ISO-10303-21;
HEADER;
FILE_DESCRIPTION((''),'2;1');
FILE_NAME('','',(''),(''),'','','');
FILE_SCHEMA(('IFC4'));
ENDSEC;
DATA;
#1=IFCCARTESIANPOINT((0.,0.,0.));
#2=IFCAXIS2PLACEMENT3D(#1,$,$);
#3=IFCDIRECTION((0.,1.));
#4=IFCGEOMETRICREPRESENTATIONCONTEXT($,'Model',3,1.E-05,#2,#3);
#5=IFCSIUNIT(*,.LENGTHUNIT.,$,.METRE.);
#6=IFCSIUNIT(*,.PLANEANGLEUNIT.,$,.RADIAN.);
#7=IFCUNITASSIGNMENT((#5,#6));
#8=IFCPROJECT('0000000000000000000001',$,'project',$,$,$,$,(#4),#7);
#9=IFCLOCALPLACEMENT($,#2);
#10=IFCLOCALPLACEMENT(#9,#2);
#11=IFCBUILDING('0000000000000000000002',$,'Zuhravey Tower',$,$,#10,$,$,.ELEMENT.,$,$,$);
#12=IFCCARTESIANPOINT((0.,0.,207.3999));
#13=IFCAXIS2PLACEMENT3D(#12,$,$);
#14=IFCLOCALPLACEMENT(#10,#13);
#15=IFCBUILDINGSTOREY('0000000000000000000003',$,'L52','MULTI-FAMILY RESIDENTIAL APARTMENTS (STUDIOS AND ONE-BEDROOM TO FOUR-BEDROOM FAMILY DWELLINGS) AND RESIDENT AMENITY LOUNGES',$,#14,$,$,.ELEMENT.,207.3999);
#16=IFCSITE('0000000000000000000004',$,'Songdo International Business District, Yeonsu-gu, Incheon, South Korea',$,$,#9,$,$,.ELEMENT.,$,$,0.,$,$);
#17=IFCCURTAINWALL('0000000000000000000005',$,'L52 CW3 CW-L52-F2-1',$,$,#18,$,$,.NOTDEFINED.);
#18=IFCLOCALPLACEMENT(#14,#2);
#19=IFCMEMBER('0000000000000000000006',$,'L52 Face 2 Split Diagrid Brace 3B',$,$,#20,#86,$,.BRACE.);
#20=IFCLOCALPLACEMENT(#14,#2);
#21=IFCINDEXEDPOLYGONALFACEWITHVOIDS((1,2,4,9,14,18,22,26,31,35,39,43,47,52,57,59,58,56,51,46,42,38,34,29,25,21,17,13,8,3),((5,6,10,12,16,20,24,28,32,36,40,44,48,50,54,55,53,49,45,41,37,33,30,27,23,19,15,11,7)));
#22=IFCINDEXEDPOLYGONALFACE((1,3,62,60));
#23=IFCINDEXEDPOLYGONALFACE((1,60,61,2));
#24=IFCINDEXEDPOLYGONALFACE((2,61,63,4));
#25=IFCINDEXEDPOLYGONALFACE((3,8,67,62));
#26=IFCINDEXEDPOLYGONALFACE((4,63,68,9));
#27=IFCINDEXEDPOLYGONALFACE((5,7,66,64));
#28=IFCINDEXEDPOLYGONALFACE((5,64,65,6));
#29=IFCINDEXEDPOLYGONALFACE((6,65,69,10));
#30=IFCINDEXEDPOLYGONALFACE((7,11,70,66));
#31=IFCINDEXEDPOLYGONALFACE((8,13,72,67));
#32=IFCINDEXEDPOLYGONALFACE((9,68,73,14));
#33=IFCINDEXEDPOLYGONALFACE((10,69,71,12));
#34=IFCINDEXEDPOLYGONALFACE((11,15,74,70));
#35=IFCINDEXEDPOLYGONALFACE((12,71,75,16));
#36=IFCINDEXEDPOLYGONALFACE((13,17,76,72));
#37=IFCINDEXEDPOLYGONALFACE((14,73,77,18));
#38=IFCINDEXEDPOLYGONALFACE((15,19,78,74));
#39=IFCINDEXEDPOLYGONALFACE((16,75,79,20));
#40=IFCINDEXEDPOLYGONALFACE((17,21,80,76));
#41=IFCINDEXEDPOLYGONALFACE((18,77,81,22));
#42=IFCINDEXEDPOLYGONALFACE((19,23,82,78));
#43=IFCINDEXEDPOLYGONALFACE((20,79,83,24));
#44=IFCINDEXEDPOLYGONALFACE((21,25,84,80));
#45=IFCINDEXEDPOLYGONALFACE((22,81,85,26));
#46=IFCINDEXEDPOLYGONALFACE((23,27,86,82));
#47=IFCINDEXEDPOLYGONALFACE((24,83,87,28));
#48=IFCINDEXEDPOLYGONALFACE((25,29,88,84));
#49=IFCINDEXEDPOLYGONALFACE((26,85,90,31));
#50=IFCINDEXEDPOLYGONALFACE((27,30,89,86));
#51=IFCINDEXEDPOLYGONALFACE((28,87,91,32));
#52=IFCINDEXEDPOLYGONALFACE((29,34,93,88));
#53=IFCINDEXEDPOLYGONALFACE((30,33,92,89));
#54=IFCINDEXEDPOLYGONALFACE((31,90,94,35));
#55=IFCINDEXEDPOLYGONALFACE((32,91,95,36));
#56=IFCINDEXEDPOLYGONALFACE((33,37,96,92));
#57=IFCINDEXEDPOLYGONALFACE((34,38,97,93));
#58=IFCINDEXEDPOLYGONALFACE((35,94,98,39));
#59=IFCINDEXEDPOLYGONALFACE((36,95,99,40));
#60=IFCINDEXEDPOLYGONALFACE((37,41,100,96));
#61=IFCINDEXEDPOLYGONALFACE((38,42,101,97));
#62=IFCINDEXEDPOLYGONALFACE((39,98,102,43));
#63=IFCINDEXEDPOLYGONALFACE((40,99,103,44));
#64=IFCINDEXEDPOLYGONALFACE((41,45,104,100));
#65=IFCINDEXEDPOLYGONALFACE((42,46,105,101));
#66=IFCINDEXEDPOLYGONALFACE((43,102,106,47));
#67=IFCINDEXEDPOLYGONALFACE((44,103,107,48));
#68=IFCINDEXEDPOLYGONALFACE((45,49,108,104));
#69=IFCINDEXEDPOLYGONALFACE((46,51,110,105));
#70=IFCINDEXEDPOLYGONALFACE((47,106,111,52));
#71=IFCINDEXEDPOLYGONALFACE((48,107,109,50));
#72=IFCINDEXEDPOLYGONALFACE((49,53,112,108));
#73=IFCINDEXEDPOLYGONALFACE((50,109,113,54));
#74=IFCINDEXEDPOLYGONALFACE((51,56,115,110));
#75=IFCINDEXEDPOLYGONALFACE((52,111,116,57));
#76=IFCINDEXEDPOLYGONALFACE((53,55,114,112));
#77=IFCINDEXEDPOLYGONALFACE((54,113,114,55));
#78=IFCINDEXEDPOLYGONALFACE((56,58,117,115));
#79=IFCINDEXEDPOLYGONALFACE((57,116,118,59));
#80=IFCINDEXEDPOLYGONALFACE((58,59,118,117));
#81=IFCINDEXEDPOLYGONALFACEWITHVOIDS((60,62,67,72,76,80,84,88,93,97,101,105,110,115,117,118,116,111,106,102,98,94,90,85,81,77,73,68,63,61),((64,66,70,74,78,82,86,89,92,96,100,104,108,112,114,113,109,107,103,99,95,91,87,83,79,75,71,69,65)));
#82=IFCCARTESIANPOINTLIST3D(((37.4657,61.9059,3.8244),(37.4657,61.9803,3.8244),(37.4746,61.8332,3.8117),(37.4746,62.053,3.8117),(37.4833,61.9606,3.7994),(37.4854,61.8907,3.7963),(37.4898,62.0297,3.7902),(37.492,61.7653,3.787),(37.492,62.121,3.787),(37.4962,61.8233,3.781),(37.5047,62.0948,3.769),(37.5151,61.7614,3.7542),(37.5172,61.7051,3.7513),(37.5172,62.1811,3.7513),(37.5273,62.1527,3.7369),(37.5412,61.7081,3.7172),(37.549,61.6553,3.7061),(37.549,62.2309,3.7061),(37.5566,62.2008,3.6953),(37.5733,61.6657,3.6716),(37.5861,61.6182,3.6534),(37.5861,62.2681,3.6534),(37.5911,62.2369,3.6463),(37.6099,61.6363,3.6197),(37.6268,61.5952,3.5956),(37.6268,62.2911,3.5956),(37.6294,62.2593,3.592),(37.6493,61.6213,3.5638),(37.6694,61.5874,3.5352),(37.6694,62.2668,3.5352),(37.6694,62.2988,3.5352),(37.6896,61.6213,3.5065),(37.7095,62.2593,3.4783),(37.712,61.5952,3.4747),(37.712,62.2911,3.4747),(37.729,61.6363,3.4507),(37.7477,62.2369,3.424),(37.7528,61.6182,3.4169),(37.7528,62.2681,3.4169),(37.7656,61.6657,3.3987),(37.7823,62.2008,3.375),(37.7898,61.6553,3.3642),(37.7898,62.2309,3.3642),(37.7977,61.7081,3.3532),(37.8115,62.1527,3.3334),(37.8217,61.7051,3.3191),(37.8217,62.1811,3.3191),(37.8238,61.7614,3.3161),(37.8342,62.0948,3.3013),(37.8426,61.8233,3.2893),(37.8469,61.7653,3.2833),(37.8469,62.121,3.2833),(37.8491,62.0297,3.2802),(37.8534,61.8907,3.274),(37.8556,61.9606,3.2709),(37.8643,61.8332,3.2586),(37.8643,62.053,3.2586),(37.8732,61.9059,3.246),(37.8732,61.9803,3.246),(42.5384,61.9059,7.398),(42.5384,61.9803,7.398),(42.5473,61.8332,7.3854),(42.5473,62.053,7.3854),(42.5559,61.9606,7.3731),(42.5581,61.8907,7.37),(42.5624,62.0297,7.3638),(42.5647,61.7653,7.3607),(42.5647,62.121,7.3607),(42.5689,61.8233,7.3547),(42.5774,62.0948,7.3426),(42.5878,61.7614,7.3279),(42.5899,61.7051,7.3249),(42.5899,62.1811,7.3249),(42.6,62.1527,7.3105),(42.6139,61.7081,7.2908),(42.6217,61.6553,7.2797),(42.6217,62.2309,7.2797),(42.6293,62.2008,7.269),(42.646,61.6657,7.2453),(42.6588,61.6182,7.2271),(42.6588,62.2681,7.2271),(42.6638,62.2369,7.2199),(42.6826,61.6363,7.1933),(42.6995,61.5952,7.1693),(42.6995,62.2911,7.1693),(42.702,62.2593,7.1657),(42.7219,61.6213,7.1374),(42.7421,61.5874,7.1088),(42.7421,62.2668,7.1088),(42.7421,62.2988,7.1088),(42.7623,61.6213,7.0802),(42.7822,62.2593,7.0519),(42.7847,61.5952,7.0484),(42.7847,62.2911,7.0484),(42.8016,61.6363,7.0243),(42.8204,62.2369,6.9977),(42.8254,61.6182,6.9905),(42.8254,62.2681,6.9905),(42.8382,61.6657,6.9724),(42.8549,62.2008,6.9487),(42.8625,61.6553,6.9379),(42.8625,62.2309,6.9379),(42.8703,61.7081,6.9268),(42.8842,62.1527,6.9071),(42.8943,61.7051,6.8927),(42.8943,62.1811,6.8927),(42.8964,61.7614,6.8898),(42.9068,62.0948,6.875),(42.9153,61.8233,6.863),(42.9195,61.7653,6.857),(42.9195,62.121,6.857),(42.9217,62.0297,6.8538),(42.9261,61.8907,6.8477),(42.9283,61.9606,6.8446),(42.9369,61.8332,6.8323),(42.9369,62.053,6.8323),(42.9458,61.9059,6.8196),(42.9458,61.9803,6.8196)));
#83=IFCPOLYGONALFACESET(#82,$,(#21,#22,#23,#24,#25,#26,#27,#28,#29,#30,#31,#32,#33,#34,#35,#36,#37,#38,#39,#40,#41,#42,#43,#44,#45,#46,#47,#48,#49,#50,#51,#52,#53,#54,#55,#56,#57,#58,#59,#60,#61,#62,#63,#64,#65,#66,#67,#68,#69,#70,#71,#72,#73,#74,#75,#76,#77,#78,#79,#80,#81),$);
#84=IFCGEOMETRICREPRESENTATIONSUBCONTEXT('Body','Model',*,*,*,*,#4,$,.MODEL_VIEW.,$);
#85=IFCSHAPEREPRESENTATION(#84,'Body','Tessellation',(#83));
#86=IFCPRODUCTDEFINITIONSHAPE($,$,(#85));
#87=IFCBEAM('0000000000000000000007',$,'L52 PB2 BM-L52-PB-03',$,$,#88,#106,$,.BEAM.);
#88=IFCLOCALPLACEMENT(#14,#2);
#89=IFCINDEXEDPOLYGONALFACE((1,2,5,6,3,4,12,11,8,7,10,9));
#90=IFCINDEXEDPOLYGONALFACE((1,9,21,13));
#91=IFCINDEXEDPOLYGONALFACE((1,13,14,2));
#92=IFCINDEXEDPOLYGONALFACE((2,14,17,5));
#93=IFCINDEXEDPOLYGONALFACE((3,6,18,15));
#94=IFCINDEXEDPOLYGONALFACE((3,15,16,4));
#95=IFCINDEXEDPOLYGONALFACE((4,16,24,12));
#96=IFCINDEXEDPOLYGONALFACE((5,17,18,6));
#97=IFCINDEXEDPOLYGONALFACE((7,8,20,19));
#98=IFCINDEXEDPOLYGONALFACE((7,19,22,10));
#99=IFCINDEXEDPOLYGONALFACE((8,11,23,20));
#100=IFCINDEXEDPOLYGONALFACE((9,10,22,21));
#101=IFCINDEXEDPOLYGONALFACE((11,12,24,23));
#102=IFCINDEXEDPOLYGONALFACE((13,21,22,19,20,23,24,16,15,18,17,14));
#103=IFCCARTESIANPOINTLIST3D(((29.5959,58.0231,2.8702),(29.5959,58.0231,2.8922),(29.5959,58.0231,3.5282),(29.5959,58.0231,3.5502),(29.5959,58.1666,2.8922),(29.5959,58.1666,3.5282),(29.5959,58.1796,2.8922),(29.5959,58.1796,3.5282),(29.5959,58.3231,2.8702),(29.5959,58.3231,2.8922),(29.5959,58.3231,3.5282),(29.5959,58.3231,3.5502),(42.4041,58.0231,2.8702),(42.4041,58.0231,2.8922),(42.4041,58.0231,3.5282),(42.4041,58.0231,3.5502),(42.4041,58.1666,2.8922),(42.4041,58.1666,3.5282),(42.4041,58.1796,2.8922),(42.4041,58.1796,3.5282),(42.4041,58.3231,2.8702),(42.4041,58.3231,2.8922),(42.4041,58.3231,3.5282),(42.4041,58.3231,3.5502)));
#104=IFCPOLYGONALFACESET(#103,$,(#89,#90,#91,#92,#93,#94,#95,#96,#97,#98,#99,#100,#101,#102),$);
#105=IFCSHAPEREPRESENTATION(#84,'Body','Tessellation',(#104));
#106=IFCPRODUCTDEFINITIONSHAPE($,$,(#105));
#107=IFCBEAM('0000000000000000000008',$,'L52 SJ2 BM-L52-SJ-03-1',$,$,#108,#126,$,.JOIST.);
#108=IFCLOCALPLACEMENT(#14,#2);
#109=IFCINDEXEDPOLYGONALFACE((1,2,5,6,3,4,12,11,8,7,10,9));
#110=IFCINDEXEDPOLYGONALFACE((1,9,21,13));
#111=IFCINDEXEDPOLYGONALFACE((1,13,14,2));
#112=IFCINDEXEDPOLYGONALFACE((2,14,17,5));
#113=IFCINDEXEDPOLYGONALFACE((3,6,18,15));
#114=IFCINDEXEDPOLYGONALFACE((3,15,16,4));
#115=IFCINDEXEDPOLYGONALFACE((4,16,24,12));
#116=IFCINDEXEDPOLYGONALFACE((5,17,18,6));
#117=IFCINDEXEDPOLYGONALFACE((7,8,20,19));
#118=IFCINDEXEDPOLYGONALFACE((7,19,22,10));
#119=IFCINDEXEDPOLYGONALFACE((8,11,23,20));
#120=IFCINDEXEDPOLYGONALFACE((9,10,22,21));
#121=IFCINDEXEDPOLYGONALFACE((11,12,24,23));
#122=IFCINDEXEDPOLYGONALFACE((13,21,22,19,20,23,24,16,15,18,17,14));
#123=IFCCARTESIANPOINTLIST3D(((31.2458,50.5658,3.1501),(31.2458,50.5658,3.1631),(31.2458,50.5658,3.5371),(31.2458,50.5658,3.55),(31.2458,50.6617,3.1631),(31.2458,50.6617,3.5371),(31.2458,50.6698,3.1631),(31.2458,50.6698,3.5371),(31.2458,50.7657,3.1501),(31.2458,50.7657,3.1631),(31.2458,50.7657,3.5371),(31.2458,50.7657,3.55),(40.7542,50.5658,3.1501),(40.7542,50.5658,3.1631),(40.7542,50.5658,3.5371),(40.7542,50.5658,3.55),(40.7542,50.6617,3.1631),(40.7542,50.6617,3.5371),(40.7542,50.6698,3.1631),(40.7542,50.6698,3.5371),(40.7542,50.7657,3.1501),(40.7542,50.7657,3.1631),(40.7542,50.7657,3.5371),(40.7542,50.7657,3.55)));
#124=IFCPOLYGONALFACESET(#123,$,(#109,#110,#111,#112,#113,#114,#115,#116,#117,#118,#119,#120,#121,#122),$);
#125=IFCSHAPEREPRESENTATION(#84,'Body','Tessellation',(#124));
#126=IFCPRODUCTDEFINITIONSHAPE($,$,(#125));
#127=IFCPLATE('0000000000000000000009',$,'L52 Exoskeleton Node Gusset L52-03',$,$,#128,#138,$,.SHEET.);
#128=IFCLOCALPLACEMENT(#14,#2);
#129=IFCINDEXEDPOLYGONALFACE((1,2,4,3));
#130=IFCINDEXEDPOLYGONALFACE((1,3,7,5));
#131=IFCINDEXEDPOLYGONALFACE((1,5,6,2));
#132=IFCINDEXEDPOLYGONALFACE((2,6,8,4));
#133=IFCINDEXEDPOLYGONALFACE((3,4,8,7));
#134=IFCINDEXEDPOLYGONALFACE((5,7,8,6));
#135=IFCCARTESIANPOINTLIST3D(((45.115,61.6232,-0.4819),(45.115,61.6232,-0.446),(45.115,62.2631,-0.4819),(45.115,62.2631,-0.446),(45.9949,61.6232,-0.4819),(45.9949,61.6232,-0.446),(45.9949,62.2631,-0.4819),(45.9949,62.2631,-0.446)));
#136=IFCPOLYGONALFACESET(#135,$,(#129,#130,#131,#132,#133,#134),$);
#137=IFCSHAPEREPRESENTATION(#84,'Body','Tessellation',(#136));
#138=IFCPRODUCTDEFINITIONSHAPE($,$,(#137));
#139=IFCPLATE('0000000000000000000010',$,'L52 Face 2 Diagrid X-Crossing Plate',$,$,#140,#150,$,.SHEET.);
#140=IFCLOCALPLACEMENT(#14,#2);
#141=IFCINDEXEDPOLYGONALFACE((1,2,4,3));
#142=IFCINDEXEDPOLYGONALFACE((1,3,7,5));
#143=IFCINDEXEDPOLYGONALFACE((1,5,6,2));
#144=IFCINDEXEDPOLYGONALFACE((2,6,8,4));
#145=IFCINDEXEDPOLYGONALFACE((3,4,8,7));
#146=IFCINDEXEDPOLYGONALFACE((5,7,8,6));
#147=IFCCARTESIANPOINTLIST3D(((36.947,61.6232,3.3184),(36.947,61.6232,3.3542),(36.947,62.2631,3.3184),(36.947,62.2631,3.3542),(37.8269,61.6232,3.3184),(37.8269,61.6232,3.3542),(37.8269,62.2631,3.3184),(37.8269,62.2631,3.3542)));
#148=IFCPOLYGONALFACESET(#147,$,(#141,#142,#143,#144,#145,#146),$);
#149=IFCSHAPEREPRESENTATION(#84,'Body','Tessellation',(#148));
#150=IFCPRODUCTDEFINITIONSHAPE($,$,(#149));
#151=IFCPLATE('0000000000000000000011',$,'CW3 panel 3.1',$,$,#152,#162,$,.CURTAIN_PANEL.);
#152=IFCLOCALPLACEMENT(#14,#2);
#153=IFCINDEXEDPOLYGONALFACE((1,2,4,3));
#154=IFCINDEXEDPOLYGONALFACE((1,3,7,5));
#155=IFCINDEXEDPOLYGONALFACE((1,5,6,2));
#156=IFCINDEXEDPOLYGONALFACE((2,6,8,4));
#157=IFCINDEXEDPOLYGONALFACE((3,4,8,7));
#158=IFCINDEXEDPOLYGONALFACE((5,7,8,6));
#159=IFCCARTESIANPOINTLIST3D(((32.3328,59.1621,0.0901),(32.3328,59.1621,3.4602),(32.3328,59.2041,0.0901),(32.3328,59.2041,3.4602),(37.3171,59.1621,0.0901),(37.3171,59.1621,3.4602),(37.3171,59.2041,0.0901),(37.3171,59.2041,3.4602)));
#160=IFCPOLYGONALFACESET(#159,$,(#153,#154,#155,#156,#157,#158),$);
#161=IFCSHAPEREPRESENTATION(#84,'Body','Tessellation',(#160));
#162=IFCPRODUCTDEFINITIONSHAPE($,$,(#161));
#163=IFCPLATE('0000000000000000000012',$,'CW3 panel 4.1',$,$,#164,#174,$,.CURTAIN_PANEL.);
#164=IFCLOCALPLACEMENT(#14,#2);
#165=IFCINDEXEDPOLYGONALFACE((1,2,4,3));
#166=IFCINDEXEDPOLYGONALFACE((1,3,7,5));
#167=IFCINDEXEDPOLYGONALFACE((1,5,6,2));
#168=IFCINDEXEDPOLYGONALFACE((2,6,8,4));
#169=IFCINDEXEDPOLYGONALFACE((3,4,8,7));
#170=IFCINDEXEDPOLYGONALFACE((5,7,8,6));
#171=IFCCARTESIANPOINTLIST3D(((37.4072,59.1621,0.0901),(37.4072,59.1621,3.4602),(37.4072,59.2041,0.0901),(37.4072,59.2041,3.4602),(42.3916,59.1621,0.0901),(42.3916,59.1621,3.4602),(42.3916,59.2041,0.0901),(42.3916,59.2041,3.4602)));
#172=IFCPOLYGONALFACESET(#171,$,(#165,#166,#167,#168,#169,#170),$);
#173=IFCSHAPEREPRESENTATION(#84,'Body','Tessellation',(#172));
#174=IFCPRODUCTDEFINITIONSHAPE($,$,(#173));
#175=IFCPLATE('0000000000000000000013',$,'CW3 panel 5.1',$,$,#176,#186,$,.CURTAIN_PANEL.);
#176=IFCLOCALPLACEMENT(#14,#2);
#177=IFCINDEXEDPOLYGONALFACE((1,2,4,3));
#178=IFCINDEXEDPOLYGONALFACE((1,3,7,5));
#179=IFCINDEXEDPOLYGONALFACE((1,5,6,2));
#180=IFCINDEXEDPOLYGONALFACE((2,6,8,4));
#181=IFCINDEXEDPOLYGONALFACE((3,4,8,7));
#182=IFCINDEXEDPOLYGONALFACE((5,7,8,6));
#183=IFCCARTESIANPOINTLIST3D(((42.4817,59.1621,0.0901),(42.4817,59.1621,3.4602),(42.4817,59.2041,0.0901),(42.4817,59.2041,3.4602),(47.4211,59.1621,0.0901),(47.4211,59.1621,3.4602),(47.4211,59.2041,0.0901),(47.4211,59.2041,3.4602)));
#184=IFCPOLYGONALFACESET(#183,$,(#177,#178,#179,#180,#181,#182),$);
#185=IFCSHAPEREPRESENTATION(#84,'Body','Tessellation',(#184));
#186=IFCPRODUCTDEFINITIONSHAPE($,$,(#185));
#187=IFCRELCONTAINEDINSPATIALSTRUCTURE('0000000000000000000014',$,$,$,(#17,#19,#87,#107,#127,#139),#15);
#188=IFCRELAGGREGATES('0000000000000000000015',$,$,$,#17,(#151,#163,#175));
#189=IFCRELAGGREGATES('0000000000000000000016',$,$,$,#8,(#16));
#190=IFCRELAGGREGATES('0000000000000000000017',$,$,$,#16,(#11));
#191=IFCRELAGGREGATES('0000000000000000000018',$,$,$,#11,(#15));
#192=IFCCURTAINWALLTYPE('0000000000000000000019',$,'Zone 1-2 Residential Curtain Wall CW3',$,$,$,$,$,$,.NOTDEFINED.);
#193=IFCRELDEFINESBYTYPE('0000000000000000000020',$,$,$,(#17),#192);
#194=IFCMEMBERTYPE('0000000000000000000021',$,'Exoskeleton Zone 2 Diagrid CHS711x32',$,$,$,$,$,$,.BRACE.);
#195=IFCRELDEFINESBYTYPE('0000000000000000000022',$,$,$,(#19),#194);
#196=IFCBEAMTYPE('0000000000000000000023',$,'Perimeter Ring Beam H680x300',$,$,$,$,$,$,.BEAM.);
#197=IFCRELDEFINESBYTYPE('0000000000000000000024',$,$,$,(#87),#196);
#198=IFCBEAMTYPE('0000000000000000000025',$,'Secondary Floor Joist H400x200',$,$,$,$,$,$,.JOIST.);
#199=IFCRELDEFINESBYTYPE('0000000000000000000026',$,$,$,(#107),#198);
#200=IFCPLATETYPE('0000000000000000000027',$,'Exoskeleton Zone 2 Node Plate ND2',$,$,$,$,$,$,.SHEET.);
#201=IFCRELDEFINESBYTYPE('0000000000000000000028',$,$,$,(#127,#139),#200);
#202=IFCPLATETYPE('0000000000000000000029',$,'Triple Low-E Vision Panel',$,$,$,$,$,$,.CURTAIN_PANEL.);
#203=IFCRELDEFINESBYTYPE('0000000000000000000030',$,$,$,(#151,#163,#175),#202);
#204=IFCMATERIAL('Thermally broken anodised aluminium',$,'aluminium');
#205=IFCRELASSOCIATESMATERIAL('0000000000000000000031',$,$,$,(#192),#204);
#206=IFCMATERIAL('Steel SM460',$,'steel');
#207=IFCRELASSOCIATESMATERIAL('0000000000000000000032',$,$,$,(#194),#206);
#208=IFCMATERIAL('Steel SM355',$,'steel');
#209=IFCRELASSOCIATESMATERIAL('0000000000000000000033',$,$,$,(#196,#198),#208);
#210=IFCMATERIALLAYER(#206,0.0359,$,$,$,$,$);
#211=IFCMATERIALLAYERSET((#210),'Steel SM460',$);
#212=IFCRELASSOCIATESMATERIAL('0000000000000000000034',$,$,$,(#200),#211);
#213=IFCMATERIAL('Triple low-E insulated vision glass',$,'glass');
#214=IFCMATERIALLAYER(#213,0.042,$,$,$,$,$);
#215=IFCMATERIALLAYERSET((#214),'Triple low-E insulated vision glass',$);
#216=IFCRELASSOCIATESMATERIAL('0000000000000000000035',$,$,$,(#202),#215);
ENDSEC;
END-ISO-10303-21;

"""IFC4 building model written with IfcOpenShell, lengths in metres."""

from ifc_helpers import new_model, si_unit, direction, frame, origin, origin_2d, place, context, subcontext, project, spatial, rectangle, hollow_circle, i_section, extrude, material, layer, layer_set, material_profile, profile_set, type_object, element, aggregate, save


model = new_model("IFC4")

# Units and contexts
model_context = context("Model", 3, precision=1e-05, world=origin(), true_north=direction((0.0, 1.0)))
body_context = subcontext(model_context, "Body", "Model", "MODEL_VIEW")
ifc_project = project(units=[si_unit("LENGTHUNIT", "METRE"), si_unit("PLANEANGLEUNIT", "RADIAN")], contexts=[model_context])

# Site, building, storey
site_placement = place(None, origin())
site = spatial("IfcSite", under=ifc_project, at=site_placement, Name="Songdo International Business District, Yeonsu-gu, Incheon, South Korea", CompositionType="ELEMENT", RefElevation=0.0)
building_placement = place(site_placement, origin())
building = spatial("IfcBuilding", under=site, at=building_placement, Name="Zuhravey Tower", CompositionType="ELEMENT")
storey_placement = place(building_placement, frame((0.0, 0.0, 207.3999)))
storey = spatial("IfcBuildingStorey", under=building, at=storey_placement, Name="L52", Description="MULTI-FAMILY RESIDENTIAL APARTMENTS (STUDIOS AND ONE-BEDROOM TO FOUR-BEDROOM FAMILY DWELLINGS) AND RESIDENT AMENITY LOUNGES", CompositionType="ELEMENT", Elevation=207.3999)

# Curtain wall
ifc_material_1 = material(Name="Thermally broken anodised aluminium", Category="aluminium")
curtain_wall_type = type_object("IfcCurtainWallType", Name="Zone 1-2 Residential Curtain Wall CW3", PredefinedType="NOTDEFINED", material=ifc_material_1)
curtain_wall_placement = place(storey_placement, origin())
curtain_wall = element("IfcCurtainWall", 1, at=curtain_wall_placement, inside=storey, type_object=curtain_wall_type, Name="L52 CW3 CW-L52-F2-1", PredefinedType="NOTDEFINED")

# Member
ifc_material_2 = material(Name="Steel SM355", Category="steel")
ifc_material_3 = material(Name="Steel SM460", Category="steel")
ifc_material_profile_1 = material_profile(ifc_material_3, hollow_circle(Radius=0.3557, WallThickness=0.032, at=origin_2d()), Name="CHS-711.2x32")
ifc_profile_set_1 = profile_set([ifc_material_profile_1], Name="Steel SM460")
member_type_1 = type_object("IfcMemberType", Name="Exoskeleton Zone 2 Diagrid CHS711x32", PredefinedType="BRACE", material=ifc_profile_set_1)
member_1_placement = place(storey_placement, frame((37.6694, 61.9431, 3.5352), z_axis=(0.817502, 0.0, 0.575926), x_axis=(0.0, 1.0, 0.0)))
element("IfcMember", 2, at=member_1_placement, inside=storey, type_object=member_type_1, Name="L52 Face 2 Split Diagrid Brace 3B", PredefinedType="BRACE", context=body_context, shape_type="SweptSolid", body=[
    extrude(hollow_circle(Radius=0.3557, WallThickness=0.032, at=origin_2d()), origin(), (0.0, 0.0, 1.0), 6.2051),
])

# Beams
ifc_material_profile_2 = material_profile(ifc_material_2, i_section(OverallWidth=0.3, OverallDepth=0.6799, WebThickness=0.0129, FlangeThickness=0.022, at=origin_2d()), Name="H-680x300x13x22")
ifc_profile_set_2 = profile_set([ifc_material_profile_2], Name="Steel SM355")
beam_type_1 = type_object("IfcBeamType", Name="Perimeter Ring Beam H680x300", PredefinedType="BEAM", material=ifc_profile_set_2)
beam_1_placement = place(storey_placement, frame((42.4041, 58.1731, 3.2102), z_axis=(-1.0, 0.0, 0.0), x_axis=(0.0, -1.0, 0.0)))
element("IfcBeam", 3, at=beam_1_placement, inside=storey, type_object=beam_type_1, Name="L52 PB2 BM-L52-PB-03", PredefinedType="BEAM", context=body_context, shape_type="SweptSolid", body=[
    extrude(i_section(OverallWidth=0.3, OverallDepth=0.6799, WebThickness=0.0129, FlangeThickness=0.022, at=origin_2d()), origin(), (0.0, 0.0, 1.0), 12.8081),
])
ifc_material_profile_3 = material_profile(ifc_material_2, i_section(OverallWidth=0.2, OverallDepth=0.3999, WebThickness=0.0081, FlangeThickness=0.0129, at=origin_2d()), Name="H-400x200x8x13")
ifc_profile_set_3 = profile_set([ifc_material_profile_3], Name="Steel SM355")
beam_type_2 = type_object("IfcBeamType", Name="Secondary Floor Joist H400x200", PredefinedType="JOIST", material=ifc_profile_set_3)
beam_2_placement = place(storey_placement, frame((40.7542, 50.6658, 3.3501), z_axis=(-1.0, 0.0, 0.0), x_axis=(0.0, -1.0, 0.0)))
element("IfcBeam", 4, at=beam_2_placement, inside=storey, type_object=beam_type_2, Name="L52 SJ2 BM-L52-SJ-03-1", PredefinedType="JOIST", context=body_context, shape_type="SweptSolid", body=[
    extrude(i_section(OverallWidth=0.2, OverallDepth=0.3999, WebThickness=0.0081, FlangeThickness=0.0129, at=origin_2d()), origin(), (0.0, 0.0, 1.0), 9.5083),
])

# Plates
ifc_layer_1 = layer(ifc_material_3, 0.0359)
ifc_layer_set_1 = layer_set([ifc_layer_1], Name="Steel SM460")
plate_type_1 = type_object("IfcPlateType", Name="Exoskeleton Zone 2 Node Plate ND2", PredefinedType="SHEET", material=ifc_layer_set_1)
for number, where, z_axis, x_axis, name in (
    (5, (45.5549, 61.9431, -0.4819), (0.0, 0.0, 1.0), (-1.0, 0.0, 0.0), "L52 Exoskeleton Node Gusset L52-03"),
    (6, (37.387, 61.9431, 3.3184), (0.0, 0.0, 1.0), (-1.0, 0.0, 0.0), "L52 Face 2 Diagrid X-Crossing Plate"),
):
    element("IfcPlate", number, at=place(storey_placement, frame(where, z_axis=z_axis, x_axis=x_axis)), inside=storey, type_object=plate_type_1, Name=name, PredefinedType="SHEET", context=body_context, shape_type="SweptSolid", body=[
        extrude(rectangle(XDim=0.8799, YDim=0.6399, at=origin_2d()), origin(), (0.0, 0.0, 1.0), 0.0359),
    ])

# Plates
ifc_material_4 = material(Name="Triple low-E insulated vision glass", Category="glass")
ifc_layer_2 = layer(ifc_material_4, 0.042)
ifc_layer_set_2 = layer_set([ifc_layer_2], Name="Triple low-E insulated vision glass")
plate_type_2 = type_object("IfcPlateType", Name="Triple Low-E Vision Panel", PredefinedType="CURTAIN_PANEL", material=ifc_layer_set_2)
plate_1_placement = place(storey_placement, frame((34.825, 59.1831, 0.0901), z_axis=(0.0, 0.0, 1.0), x_axis=(1.0, 0.0, 0.0)))
plate_1 = element("IfcPlate", 7, at=plate_1_placement, type_object=plate_type_2, Name="CW3 panel 3.1", PredefinedType="CURTAIN_PANEL", context=body_context, shape_type="SweptSolid", body=[
    extrude(rectangle(XDim=4.9844, YDim=0.042, at=origin_2d()), origin(), (0.0, 0.0, 1.0), 3.3701),
])
plate_2_placement = place(storey_placement, frame((39.8994, 59.1831, 0.0901), z_axis=(0.0, 0.0, 1.0), x_axis=(1.0, 0.0, 0.0)))
plate_2 = element("IfcPlate", 8, at=plate_2_placement, type_object=plate_type_2, Name="CW3 panel 4.1", PredefinedType="CURTAIN_PANEL", context=body_context, shape_type="SweptSolid", body=[
    extrude(rectangle(XDim=4.9844, YDim=0.042, at=origin_2d()), origin(), (0.0, 0.0, 1.0), 3.3701),
])
plate_3_placement = place(storey_placement, frame((44.9514, 59.1831, 0.0901), z_axis=(0.0, 0.0, 1.0), x_axis=(1.0, 0.0, 0.0)))
plate_3 = element("IfcPlate", 9, at=plate_3_placement, type_object=plate_type_2, Name="CW3 panel 5.1", PredefinedType="CURTAIN_PANEL", context=body_context, shape_type="SweptSolid", body=[
    extrude(rectangle(XDim=4.9395, YDim=0.042, at=origin_2d()), origin(), (0.0, 0.0, 1.0), 3.3701),
])
aggregate(curtain_wall, [plate_1, plate_2, plate_3])

save(model, "model.ifc")
